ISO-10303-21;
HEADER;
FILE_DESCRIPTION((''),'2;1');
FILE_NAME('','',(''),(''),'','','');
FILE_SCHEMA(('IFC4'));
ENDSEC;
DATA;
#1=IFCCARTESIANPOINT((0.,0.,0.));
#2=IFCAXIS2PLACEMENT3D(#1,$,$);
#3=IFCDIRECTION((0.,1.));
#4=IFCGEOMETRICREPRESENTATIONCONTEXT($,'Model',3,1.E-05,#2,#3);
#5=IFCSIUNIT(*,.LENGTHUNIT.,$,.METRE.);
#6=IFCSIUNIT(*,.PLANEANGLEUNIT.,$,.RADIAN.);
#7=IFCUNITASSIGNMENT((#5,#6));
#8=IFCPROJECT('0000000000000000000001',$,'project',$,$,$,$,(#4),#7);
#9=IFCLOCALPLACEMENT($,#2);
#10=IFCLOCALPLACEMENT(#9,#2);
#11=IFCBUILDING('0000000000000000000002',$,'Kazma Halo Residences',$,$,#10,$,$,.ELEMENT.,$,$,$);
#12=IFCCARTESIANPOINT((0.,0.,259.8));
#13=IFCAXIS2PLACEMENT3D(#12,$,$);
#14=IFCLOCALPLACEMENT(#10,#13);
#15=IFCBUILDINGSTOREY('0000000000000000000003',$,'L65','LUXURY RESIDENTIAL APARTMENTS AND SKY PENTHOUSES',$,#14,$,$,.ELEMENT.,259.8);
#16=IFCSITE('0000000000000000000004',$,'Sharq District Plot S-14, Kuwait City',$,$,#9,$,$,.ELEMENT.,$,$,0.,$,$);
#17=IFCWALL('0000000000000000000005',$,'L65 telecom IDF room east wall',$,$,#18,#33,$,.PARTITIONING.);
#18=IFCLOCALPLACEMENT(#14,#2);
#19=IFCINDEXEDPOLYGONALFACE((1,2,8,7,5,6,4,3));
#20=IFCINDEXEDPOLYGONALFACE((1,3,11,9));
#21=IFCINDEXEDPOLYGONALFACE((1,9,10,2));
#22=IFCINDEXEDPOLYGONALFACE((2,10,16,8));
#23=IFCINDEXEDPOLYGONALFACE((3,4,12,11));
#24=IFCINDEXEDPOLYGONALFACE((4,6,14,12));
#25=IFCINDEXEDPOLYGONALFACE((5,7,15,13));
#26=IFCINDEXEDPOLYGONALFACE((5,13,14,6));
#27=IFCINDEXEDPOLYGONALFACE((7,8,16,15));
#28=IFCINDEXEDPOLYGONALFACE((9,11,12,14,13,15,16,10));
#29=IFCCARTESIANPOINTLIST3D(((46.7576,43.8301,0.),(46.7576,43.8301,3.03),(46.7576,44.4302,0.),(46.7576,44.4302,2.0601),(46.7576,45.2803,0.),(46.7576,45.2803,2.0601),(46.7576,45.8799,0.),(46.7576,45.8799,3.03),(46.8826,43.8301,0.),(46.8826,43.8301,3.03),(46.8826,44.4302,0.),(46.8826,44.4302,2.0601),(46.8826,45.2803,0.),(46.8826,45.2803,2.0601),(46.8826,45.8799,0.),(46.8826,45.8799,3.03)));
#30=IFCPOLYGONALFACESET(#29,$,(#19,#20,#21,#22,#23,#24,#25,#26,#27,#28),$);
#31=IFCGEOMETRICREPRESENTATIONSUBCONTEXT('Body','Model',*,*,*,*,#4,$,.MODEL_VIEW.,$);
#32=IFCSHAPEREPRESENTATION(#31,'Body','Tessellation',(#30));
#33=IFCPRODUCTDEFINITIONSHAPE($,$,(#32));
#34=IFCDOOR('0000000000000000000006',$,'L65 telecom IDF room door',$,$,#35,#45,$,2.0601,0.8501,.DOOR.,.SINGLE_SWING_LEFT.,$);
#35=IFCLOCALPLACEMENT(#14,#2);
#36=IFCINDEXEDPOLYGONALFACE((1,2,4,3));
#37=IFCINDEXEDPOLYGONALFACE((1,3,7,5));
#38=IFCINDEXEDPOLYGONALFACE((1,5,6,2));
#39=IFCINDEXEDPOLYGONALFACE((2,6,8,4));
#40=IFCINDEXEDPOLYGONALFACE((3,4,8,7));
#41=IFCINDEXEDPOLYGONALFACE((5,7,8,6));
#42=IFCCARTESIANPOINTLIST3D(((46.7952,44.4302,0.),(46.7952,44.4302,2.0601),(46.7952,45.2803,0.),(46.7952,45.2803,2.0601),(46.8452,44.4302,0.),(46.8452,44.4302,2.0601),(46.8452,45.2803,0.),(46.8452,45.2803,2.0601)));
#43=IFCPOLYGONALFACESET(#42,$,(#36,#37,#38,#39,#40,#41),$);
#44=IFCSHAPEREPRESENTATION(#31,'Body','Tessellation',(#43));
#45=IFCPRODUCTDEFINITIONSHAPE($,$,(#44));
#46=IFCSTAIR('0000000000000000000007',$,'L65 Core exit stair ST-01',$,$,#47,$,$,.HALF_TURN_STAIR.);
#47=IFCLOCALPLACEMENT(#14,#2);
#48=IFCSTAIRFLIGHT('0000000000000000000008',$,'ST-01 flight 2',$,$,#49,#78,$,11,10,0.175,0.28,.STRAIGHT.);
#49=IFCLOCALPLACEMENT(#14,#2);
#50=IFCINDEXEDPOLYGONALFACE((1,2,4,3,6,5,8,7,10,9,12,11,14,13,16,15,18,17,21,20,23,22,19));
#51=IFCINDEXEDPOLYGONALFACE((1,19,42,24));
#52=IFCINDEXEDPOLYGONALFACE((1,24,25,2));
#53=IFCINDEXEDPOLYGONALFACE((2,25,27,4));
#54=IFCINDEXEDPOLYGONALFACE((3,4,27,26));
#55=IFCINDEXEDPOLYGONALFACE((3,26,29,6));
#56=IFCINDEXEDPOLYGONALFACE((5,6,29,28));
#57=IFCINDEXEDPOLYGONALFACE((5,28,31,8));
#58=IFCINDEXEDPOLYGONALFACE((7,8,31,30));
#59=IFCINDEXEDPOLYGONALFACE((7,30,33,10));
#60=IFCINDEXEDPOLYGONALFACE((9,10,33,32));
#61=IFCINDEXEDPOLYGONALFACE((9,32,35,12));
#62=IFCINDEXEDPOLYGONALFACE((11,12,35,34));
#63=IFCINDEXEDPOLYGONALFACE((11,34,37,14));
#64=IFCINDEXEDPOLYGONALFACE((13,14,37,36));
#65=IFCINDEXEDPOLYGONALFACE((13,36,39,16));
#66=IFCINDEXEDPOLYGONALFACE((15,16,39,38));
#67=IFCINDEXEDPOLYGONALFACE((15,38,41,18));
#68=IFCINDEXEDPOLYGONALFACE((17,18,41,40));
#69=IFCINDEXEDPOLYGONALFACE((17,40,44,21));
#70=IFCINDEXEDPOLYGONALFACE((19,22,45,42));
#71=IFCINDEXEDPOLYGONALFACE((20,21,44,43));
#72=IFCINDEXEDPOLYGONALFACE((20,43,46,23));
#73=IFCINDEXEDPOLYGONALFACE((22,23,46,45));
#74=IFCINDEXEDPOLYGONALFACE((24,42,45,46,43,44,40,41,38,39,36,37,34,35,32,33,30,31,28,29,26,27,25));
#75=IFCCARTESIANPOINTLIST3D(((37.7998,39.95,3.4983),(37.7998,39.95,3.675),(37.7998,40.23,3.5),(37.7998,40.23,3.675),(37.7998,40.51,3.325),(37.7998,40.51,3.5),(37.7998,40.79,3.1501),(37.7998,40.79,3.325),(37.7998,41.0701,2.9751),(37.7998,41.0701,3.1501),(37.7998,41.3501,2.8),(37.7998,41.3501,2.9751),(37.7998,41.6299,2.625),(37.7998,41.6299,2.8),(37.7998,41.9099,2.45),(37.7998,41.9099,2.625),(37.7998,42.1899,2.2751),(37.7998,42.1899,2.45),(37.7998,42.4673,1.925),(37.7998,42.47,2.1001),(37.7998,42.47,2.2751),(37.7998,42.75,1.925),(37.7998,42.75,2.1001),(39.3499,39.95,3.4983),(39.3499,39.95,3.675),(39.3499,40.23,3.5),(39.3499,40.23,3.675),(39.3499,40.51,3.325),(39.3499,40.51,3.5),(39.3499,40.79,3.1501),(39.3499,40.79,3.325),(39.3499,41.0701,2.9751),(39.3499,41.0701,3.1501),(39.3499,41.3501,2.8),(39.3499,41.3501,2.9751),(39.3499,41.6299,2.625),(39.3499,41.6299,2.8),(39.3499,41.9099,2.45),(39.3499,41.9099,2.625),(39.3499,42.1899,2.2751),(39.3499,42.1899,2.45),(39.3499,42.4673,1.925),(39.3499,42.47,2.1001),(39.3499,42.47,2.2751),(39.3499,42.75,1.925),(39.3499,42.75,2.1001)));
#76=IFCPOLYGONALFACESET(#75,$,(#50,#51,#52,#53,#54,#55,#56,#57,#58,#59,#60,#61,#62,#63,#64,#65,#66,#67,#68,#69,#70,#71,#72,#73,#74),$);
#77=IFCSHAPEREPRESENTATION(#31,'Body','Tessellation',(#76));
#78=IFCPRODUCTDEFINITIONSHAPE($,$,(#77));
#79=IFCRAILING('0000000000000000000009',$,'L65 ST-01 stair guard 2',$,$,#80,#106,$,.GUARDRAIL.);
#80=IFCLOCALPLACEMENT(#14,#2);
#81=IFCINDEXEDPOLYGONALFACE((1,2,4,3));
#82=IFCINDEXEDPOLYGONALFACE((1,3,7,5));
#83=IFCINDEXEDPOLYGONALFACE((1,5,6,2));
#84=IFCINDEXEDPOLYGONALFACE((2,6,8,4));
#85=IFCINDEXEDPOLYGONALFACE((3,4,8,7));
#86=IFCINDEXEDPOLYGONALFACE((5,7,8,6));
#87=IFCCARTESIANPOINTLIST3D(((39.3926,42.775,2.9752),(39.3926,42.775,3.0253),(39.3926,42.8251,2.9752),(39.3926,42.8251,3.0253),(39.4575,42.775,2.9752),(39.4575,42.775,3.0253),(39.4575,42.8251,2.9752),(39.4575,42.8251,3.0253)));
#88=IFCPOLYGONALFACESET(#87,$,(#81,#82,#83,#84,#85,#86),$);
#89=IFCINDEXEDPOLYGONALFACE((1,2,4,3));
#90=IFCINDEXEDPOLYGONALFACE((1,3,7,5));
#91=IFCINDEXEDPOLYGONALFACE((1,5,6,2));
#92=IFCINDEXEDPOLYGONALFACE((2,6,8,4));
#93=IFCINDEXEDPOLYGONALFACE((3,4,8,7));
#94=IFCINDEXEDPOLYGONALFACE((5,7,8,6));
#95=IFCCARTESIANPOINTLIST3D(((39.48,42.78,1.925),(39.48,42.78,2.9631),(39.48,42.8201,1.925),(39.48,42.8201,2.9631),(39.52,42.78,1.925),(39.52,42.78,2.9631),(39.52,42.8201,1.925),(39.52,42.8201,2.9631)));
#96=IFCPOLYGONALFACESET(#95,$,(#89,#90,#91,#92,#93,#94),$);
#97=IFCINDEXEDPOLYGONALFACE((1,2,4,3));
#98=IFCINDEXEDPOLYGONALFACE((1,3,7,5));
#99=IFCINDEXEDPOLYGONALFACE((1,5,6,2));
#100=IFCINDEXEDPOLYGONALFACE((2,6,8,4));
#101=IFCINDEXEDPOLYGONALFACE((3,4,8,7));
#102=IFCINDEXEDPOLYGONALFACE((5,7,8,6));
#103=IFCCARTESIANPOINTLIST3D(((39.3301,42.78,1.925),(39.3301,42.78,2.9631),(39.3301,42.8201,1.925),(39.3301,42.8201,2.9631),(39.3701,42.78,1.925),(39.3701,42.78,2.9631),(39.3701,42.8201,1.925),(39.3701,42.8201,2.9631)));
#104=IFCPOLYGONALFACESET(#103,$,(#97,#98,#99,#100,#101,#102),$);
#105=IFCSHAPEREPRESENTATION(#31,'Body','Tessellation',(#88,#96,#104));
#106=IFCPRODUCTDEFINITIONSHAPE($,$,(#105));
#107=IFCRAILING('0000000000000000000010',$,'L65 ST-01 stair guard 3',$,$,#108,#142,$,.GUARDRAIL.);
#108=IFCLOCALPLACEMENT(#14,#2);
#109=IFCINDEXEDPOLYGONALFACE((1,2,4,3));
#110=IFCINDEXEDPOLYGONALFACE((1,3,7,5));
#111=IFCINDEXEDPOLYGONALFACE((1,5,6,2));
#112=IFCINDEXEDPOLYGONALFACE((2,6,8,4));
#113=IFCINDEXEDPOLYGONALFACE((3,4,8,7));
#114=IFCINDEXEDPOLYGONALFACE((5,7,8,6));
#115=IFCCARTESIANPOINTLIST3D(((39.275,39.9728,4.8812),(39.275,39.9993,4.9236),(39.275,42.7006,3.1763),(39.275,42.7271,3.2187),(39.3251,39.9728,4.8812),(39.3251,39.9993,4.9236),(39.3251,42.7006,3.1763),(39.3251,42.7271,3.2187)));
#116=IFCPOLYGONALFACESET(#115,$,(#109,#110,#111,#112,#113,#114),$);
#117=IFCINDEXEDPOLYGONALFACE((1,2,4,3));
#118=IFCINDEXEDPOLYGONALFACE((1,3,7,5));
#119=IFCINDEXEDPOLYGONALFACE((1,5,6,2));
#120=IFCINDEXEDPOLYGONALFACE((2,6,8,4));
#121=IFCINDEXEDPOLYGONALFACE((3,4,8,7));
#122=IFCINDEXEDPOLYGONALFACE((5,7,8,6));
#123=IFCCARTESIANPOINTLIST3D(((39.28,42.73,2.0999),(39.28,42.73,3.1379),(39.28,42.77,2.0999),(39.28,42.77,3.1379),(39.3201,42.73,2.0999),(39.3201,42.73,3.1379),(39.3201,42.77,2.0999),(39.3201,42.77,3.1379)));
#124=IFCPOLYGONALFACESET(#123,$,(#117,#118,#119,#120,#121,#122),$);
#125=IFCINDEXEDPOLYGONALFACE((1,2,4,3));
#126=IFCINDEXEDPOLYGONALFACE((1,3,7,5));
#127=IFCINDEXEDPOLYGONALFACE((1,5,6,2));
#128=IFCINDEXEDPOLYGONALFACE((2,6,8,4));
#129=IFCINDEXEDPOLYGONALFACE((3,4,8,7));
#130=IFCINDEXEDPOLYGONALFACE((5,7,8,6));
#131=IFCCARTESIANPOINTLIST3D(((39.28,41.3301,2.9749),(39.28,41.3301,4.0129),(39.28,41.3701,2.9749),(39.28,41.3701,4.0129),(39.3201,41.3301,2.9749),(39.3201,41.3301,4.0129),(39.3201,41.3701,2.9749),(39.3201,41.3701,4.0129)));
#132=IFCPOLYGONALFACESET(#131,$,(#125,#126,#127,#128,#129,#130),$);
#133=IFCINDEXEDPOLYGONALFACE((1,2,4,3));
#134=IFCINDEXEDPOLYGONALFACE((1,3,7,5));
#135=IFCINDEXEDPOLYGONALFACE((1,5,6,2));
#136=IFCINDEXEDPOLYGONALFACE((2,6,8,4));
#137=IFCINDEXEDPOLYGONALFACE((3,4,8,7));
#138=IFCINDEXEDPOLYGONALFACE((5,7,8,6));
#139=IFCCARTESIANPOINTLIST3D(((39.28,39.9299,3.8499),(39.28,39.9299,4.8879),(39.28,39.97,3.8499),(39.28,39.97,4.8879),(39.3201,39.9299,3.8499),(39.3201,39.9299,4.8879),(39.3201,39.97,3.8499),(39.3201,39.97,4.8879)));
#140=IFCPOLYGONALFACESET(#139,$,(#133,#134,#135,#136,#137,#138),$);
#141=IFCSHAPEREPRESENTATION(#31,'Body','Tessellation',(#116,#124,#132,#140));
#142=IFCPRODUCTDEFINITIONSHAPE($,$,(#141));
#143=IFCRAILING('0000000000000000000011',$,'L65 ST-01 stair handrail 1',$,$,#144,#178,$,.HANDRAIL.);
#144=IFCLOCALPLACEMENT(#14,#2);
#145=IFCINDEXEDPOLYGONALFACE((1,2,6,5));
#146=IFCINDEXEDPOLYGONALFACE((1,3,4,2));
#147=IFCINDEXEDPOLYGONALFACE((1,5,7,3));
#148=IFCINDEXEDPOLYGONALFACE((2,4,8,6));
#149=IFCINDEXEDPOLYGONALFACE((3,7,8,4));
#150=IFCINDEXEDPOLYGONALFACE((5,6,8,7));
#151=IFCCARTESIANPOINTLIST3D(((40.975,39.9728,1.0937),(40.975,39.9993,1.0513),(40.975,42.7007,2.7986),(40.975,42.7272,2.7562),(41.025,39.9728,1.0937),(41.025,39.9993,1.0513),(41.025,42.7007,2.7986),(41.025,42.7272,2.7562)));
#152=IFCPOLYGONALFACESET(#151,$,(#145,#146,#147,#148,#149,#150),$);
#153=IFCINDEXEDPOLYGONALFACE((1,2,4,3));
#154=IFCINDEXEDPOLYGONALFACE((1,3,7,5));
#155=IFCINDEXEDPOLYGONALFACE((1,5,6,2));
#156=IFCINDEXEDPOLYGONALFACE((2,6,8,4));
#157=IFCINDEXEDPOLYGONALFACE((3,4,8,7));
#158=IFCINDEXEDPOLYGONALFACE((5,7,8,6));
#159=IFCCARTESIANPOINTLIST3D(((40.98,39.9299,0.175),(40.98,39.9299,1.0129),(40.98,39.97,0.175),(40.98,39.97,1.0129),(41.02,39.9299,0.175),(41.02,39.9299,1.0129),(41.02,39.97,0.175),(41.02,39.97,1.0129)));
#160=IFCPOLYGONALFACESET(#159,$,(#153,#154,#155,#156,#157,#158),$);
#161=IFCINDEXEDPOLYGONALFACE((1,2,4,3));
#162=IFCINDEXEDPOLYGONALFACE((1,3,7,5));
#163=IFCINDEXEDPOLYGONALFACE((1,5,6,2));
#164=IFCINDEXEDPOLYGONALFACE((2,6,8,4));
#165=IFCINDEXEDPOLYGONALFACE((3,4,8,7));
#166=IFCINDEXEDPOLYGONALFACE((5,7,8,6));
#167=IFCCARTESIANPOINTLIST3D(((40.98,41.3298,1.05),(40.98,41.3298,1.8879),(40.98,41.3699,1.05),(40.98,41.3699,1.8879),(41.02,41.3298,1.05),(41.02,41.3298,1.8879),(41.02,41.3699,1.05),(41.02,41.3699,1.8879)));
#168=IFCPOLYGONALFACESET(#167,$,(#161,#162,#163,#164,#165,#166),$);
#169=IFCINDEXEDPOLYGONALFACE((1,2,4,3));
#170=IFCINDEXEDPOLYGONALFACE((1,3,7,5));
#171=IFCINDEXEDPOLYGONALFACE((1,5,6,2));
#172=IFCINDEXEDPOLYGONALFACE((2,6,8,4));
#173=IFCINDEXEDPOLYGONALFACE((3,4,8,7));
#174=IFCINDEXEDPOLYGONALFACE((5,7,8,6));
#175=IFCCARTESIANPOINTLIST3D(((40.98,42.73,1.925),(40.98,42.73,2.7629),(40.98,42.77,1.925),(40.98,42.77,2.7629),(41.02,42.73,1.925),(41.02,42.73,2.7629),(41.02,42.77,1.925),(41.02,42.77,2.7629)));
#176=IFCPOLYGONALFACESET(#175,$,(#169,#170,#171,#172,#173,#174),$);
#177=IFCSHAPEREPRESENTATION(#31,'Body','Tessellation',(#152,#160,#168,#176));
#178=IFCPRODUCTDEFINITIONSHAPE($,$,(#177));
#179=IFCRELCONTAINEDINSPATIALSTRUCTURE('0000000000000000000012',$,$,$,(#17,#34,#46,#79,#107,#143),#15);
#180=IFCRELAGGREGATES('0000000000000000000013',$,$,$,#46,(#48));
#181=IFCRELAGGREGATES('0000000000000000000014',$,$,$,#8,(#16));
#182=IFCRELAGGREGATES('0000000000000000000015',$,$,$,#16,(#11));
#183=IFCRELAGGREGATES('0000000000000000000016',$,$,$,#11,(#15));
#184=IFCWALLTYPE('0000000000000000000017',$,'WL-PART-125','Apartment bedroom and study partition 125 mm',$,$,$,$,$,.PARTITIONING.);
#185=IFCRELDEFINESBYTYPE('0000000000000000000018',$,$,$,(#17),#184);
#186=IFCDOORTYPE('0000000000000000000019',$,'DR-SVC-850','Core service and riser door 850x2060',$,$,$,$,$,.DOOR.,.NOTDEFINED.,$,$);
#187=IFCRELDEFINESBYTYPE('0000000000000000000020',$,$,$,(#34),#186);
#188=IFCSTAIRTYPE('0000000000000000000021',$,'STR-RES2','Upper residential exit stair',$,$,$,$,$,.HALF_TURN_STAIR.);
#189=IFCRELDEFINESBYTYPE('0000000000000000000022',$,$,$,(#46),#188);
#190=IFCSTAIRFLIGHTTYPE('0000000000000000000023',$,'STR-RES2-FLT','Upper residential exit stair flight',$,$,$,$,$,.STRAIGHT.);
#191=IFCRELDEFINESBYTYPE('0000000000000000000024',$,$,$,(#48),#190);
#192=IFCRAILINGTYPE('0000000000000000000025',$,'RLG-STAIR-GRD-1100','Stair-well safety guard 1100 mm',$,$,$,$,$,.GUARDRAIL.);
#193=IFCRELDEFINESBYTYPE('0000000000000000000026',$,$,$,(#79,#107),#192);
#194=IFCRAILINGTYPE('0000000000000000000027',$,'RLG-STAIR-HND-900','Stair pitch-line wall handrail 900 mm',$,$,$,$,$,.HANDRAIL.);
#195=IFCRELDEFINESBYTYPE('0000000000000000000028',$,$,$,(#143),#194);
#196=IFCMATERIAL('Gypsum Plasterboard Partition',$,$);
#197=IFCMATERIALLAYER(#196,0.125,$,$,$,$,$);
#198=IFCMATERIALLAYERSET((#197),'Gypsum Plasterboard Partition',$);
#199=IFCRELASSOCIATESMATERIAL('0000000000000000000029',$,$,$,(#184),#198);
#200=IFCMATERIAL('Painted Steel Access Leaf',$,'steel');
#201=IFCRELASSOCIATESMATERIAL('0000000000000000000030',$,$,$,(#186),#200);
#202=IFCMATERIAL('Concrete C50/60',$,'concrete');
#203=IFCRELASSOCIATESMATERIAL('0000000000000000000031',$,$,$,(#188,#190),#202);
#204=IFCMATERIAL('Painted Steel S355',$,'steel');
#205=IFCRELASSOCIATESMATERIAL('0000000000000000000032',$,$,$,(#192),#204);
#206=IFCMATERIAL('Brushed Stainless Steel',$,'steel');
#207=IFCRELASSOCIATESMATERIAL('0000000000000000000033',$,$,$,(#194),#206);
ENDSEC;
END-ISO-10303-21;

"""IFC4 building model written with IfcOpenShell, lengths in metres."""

from ifc_helpers import new_model, si_unit, direction, frame, frame_2d, origin, origin_2d, place, context, subcontext, project, spatial, polyline, rectangle, outline, extrude, material, layer, layer_set, type_object, element, fill, aggregate, save


model = new_model("IFC4")

# Units and contexts
model_context = context("Model", 3, precision=1e-05, world=origin(), true_north=direction((0.0, 1.0)))
body_context = subcontext(model_context, "Body", "Model", "MODEL_VIEW")
ifc_project = project(units=[si_unit("LENGTHUNIT", "METRE"), si_unit("PLANEANGLEUNIT", "RADIAN")], contexts=[model_context])

# Site, building, storey
site_placement = place(None, origin())
site = spatial("IfcSite", under=ifc_project, at=site_placement, Name="Sharq District Plot S-14, Kuwait City", CompositionType="ELEMENT", RefElevation=0.0)
building_placement = place(site_placement, origin())
building = spatial("IfcBuilding", under=site, at=building_placement, Name="Kazma Halo Residences", CompositionType="ELEMENT")
storey_placement = place(building_placement, frame((0.0, 0.0, 259.8)))
storey = spatial("IfcBuildingStorey", under=building, at=storey_placement, Name="L65", Description="LUXURY RESIDENTIAL APARTMENTS AND SKY PENTHOUSES", CompositionType="ELEMENT", Elevation=259.8)

# Shared definitions
ifc_material_1 = material(Name="Gypsum Plasterboard Partition")
ifc_layer_1 = layer(ifc_material_1, 0.125)
ifc_layer_set_1 = layer_set([ifc_layer_1], Name="Gypsum Plasterboard Partition")
wall_type_1 = type_object("IfcWallType", Name="WL-PART-125", Description="Apartment bedroom and study partition 125 mm", PredefinedType="PARTITIONING", material=ifc_layer_set_1)

# Shared definitions
ifc_material_2 = material(Name="Painted Steel Access Leaf", Category="steel")
door_type_1 = type_object("IfcDoorType", Name="DR-SVC-850", Description="Core service and riser door 850x2060", OperationType="NOTDEFINED", PredefinedType="DOOR", material=ifc_material_2)

# Wall, opening, door
wall_1_placement = place(storey_placement, frame((46.8201, 43.8301, 0.0), z_axis=(0.0, 0.0, 1.0), x_axis=(0.0, 1.0, 0.0)))
wall_1 = element("IfcWall", 1, at=wall_1_placement, inside=storey, type_object=wall_type_1, Name="L65 telecom IDF room east wall", PredefinedType="PARTITIONING", context=body_context, shape_type="SweptSolid", body=[
    extrude(rectangle(XDim=2.0498, YDim=0.125, at=frame_2d((1.0249, 0.0))), origin(), (0.0, 0.0, 1.0), 3.03),
])
opening_1_placement = place(wall_1_placement, frame((0.6001, 0.0, 0.0)))
opening_1 = element("IfcOpeningElement", 2, at=opening_1_placement, cuts=wall_1, PredefinedType="OPENING", context=body_context, shape_type="SweptSolid", body=[
    extrude(rectangle(XDim=0.8501, YDim=2.0601, at=frame_2d((0.425, 1.03))), frame((0.0, 0.0725, 0.0), z_axis=(0.0, -1.0, 0.0), x_axis=(1.0, 0.0, 0.0)), (0.0, 0.0, 1.0), 0.145),
])
door_1_placement = place(opening_1_placement, origin())
door_1 = element("IfcDoor", 3, at=door_1_placement, inside=storey, type_object=door_type_1, Name="L65 telecom IDF room door", OperationType="SINGLE_SWING_LEFT", OverallHeight=2.0601, OverallWidth=0.8501, PredefinedType="DOOR", context=body_context, shape_type="SweptSolid", body=[
    extrude(rectangle(XDim=0.8501, YDim=2.0601, at=frame_2d((0.425, 1.03))), frame((0.0, 0.0249, 0.0), z_axis=(0.0, -1.0, 0.0), x_axis=(1.0, 0.0, 0.0)), (0.0, 0.0, 1.0), 0.05),
])
fill(opening_1, door_1)

# Stair, stair flight
ifc_material_3 = material(Name="Concrete C50/60", Category="concrete")
stair_type = type_object("IfcStairType", Name="STR-RES2", Description="Upper residential exit stair", PredefinedType="HALF_TURN_STAIR", material=ifc_material_3)
stair_placement = place(storey_placement, origin())
stair = element("IfcStair", 4, at=stair_placement, inside=storey, type_object=stair_type, Name="L65 Core exit stair ST-01", PredefinedType="HALF_TURN_STAIR")
stair_flight_type = type_object("IfcStairFlightType", Name="STR-RES2-FLT", Description="Upper residential exit stair flight", PredefinedType="STRAIGHT", material=ifc_material_3)
stair_flight_placement = place(storey_placement, frame((38.575, 42.75, 1.925), z_axis=(0.0, 0.0, 1.0), x_axis=(0.0, -1.0, 0.0)))
stair_flight = element("IfcStairFlight", 5, at=stair_flight_placement, type_object=stair_flight_type, Name="ST-01 flight 2", NumberOfRisers=11, NumberOfTreads=10, PredefinedType="STRAIGHT", RiserHeight=0.175, TreadLength=0.28, context=body_context, shape_type="SweptSolid", body=[
    extrude(outline(polyline([(0.0, 0.0), (0.0, 0.175), (0.28, 0.175), (0.28, 0.3501), (0.5601, 0.3501), (0.5601, 0.5249), (0.8401, 0.5249), (0.8401, 0.7), (1.1201, 0.7), (1.1201, 0.875), (1.3999, 0.875), (1.3999, 1.05), (1.6799, 1.05), (1.6799, 1.2251), (1.96, 1.2251), (1.96, 1.3999), (2.24, 1.3999), (2.24, 1.575), (2.52, 1.575), (2.52, 1.75), (2.8, 1.75), (2.8, 1.925), (2.8, 1.5732), (0.2827, 0.0), (0.0, 0.0)])), frame((0.0, 0.7749, 0.0), z_axis=(0.0, -1.0, 0.0), x_axis=(1.0, 0.0, 0.0)), (0.0, 0.0, 1.0), 1.55),
])
aggregate(stair, [stair_flight])

# Railings
ifc_material_4 = material(Name="Painted Steel S355", Category="steel")
railing_type_1 = type_object("IfcRailingType", Name="RLG-STAIR-GRD-1100", Description="Stair-well safety guard 1100 mm", PredefinedType="GUARDRAIL", material=ifc_material_4)
railing_1_placement = place(storey_placement, frame((39.5, 42.8, 1.925)))
element("IfcRailing", 6, at=railing_1_placement, inside=storey, type_object=railing_type_1, Name="L65 ST-01 stair guard 2", PredefinedType="GUARDRAIL", context=body_context, shape_type="SweptSolid", body=[
    extrude(rectangle(XDim=0.05, YDim=0.05, at=origin_2d()), frame((-0.0425, 0.0, 1.0752), z_axis=(-1.0, 0.0, 0.0), x_axis=(0.0, -1.0, 0.0)), (0.0, 0.0, 1.0), 0.0649),
    extrude(rectangle(XDim=0.04, YDim=0.04, at=origin_2d()), origin(), (0.0, 0.0, 1.0), 1.0381),
    extrude(rectangle(XDim=0.04, YDim=0.04, at=origin_2d()), frame((-0.1499, 0.0, 0.0)), (0.0, 0.0, 1.0), 1.0381),
])
railing_2_placement = place(storey_placement, frame((39.3, 42.75, 2.0999)))
element("IfcRailing", 7, at=railing_2_placement, inside=storey, type_object=railing_type_1, Name="L65 ST-01 stair guard 3", PredefinedType="GUARDRAIL", context=body_context, shape_type="SweptSolid", body=[
    extrude(rectangle(XDim=0.05, YDim=0.05, at=origin_2d()), frame((0.0, -0.0361, 1.0977), z_axis=(0.0, -0.848002, 0.529992), x_axis=(1.0, 0.0, 0.0)), (0.0, 0.0, 1.0), 3.2168),
    extrude(rectangle(XDim=0.04, YDim=0.04, at=origin_2d()), origin(), (0.0, 0.0, 1.0), 1.0381),
    extrude(rectangle(XDim=0.04, YDim=0.04, at=origin_2d()), frame((0.0, -1.3999, 0.875)), (0.0, 0.0, 1.0), 1.0381),
    extrude(rectangle(XDim=0.04, YDim=0.04, at=origin_2d()), frame((0.0, -2.8, 1.75)), (0.0, 0.0, 1.0), 1.0381),
])
ifc_material_5 = material(Name="Brushed Stainless Steel", Category="steel")
railing_type_2 = type_object("IfcRailingType", Name="RLG-STAIR-HND-900", Description="Stair pitch-line wall handrail 900 mm", PredefinedType="HANDRAIL", material=ifc_material_5)
railing_3_placement = place(storey_placement, frame((41.0, 39.95, 0.175)))
element("IfcRailing", 8, at=railing_3_placement, inside=storey, type_object=railing_type_2, Name="L65 ST-01 stair handrail 1", PredefinedType="HANDRAIL", context=body_context, shape_type="SweptSolid", body=[
    extrude(rectangle(XDim=0.05, YDim=0.05, at=origin_2d()), frame((0.0, 0.0361, 0.8975), z_axis=(0.0, 0.848002, 0.529992), x_axis=(-1.0, 0.0, 0.0)), (0.0, 0.0, 1.0), 3.2168),
    extrude(rectangle(XDim=0.04, YDim=0.04, at=origin_2d()), origin(), (0.0, 0.0, 1.0), 0.8379),
    extrude(rectangle(XDim=0.04, YDim=0.04, at=origin_2d()), frame((0.0, 1.3999, 0.875)), (0.0, 0.0, 1.0), 0.8379),
    extrude(rectangle(XDim=0.04, YDim=0.04, at=origin_2d()), frame((0.0, 2.8, 1.75)), (0.0, 0.0, 1.0), 0.8379),
])

save(model, "model.ifc")
